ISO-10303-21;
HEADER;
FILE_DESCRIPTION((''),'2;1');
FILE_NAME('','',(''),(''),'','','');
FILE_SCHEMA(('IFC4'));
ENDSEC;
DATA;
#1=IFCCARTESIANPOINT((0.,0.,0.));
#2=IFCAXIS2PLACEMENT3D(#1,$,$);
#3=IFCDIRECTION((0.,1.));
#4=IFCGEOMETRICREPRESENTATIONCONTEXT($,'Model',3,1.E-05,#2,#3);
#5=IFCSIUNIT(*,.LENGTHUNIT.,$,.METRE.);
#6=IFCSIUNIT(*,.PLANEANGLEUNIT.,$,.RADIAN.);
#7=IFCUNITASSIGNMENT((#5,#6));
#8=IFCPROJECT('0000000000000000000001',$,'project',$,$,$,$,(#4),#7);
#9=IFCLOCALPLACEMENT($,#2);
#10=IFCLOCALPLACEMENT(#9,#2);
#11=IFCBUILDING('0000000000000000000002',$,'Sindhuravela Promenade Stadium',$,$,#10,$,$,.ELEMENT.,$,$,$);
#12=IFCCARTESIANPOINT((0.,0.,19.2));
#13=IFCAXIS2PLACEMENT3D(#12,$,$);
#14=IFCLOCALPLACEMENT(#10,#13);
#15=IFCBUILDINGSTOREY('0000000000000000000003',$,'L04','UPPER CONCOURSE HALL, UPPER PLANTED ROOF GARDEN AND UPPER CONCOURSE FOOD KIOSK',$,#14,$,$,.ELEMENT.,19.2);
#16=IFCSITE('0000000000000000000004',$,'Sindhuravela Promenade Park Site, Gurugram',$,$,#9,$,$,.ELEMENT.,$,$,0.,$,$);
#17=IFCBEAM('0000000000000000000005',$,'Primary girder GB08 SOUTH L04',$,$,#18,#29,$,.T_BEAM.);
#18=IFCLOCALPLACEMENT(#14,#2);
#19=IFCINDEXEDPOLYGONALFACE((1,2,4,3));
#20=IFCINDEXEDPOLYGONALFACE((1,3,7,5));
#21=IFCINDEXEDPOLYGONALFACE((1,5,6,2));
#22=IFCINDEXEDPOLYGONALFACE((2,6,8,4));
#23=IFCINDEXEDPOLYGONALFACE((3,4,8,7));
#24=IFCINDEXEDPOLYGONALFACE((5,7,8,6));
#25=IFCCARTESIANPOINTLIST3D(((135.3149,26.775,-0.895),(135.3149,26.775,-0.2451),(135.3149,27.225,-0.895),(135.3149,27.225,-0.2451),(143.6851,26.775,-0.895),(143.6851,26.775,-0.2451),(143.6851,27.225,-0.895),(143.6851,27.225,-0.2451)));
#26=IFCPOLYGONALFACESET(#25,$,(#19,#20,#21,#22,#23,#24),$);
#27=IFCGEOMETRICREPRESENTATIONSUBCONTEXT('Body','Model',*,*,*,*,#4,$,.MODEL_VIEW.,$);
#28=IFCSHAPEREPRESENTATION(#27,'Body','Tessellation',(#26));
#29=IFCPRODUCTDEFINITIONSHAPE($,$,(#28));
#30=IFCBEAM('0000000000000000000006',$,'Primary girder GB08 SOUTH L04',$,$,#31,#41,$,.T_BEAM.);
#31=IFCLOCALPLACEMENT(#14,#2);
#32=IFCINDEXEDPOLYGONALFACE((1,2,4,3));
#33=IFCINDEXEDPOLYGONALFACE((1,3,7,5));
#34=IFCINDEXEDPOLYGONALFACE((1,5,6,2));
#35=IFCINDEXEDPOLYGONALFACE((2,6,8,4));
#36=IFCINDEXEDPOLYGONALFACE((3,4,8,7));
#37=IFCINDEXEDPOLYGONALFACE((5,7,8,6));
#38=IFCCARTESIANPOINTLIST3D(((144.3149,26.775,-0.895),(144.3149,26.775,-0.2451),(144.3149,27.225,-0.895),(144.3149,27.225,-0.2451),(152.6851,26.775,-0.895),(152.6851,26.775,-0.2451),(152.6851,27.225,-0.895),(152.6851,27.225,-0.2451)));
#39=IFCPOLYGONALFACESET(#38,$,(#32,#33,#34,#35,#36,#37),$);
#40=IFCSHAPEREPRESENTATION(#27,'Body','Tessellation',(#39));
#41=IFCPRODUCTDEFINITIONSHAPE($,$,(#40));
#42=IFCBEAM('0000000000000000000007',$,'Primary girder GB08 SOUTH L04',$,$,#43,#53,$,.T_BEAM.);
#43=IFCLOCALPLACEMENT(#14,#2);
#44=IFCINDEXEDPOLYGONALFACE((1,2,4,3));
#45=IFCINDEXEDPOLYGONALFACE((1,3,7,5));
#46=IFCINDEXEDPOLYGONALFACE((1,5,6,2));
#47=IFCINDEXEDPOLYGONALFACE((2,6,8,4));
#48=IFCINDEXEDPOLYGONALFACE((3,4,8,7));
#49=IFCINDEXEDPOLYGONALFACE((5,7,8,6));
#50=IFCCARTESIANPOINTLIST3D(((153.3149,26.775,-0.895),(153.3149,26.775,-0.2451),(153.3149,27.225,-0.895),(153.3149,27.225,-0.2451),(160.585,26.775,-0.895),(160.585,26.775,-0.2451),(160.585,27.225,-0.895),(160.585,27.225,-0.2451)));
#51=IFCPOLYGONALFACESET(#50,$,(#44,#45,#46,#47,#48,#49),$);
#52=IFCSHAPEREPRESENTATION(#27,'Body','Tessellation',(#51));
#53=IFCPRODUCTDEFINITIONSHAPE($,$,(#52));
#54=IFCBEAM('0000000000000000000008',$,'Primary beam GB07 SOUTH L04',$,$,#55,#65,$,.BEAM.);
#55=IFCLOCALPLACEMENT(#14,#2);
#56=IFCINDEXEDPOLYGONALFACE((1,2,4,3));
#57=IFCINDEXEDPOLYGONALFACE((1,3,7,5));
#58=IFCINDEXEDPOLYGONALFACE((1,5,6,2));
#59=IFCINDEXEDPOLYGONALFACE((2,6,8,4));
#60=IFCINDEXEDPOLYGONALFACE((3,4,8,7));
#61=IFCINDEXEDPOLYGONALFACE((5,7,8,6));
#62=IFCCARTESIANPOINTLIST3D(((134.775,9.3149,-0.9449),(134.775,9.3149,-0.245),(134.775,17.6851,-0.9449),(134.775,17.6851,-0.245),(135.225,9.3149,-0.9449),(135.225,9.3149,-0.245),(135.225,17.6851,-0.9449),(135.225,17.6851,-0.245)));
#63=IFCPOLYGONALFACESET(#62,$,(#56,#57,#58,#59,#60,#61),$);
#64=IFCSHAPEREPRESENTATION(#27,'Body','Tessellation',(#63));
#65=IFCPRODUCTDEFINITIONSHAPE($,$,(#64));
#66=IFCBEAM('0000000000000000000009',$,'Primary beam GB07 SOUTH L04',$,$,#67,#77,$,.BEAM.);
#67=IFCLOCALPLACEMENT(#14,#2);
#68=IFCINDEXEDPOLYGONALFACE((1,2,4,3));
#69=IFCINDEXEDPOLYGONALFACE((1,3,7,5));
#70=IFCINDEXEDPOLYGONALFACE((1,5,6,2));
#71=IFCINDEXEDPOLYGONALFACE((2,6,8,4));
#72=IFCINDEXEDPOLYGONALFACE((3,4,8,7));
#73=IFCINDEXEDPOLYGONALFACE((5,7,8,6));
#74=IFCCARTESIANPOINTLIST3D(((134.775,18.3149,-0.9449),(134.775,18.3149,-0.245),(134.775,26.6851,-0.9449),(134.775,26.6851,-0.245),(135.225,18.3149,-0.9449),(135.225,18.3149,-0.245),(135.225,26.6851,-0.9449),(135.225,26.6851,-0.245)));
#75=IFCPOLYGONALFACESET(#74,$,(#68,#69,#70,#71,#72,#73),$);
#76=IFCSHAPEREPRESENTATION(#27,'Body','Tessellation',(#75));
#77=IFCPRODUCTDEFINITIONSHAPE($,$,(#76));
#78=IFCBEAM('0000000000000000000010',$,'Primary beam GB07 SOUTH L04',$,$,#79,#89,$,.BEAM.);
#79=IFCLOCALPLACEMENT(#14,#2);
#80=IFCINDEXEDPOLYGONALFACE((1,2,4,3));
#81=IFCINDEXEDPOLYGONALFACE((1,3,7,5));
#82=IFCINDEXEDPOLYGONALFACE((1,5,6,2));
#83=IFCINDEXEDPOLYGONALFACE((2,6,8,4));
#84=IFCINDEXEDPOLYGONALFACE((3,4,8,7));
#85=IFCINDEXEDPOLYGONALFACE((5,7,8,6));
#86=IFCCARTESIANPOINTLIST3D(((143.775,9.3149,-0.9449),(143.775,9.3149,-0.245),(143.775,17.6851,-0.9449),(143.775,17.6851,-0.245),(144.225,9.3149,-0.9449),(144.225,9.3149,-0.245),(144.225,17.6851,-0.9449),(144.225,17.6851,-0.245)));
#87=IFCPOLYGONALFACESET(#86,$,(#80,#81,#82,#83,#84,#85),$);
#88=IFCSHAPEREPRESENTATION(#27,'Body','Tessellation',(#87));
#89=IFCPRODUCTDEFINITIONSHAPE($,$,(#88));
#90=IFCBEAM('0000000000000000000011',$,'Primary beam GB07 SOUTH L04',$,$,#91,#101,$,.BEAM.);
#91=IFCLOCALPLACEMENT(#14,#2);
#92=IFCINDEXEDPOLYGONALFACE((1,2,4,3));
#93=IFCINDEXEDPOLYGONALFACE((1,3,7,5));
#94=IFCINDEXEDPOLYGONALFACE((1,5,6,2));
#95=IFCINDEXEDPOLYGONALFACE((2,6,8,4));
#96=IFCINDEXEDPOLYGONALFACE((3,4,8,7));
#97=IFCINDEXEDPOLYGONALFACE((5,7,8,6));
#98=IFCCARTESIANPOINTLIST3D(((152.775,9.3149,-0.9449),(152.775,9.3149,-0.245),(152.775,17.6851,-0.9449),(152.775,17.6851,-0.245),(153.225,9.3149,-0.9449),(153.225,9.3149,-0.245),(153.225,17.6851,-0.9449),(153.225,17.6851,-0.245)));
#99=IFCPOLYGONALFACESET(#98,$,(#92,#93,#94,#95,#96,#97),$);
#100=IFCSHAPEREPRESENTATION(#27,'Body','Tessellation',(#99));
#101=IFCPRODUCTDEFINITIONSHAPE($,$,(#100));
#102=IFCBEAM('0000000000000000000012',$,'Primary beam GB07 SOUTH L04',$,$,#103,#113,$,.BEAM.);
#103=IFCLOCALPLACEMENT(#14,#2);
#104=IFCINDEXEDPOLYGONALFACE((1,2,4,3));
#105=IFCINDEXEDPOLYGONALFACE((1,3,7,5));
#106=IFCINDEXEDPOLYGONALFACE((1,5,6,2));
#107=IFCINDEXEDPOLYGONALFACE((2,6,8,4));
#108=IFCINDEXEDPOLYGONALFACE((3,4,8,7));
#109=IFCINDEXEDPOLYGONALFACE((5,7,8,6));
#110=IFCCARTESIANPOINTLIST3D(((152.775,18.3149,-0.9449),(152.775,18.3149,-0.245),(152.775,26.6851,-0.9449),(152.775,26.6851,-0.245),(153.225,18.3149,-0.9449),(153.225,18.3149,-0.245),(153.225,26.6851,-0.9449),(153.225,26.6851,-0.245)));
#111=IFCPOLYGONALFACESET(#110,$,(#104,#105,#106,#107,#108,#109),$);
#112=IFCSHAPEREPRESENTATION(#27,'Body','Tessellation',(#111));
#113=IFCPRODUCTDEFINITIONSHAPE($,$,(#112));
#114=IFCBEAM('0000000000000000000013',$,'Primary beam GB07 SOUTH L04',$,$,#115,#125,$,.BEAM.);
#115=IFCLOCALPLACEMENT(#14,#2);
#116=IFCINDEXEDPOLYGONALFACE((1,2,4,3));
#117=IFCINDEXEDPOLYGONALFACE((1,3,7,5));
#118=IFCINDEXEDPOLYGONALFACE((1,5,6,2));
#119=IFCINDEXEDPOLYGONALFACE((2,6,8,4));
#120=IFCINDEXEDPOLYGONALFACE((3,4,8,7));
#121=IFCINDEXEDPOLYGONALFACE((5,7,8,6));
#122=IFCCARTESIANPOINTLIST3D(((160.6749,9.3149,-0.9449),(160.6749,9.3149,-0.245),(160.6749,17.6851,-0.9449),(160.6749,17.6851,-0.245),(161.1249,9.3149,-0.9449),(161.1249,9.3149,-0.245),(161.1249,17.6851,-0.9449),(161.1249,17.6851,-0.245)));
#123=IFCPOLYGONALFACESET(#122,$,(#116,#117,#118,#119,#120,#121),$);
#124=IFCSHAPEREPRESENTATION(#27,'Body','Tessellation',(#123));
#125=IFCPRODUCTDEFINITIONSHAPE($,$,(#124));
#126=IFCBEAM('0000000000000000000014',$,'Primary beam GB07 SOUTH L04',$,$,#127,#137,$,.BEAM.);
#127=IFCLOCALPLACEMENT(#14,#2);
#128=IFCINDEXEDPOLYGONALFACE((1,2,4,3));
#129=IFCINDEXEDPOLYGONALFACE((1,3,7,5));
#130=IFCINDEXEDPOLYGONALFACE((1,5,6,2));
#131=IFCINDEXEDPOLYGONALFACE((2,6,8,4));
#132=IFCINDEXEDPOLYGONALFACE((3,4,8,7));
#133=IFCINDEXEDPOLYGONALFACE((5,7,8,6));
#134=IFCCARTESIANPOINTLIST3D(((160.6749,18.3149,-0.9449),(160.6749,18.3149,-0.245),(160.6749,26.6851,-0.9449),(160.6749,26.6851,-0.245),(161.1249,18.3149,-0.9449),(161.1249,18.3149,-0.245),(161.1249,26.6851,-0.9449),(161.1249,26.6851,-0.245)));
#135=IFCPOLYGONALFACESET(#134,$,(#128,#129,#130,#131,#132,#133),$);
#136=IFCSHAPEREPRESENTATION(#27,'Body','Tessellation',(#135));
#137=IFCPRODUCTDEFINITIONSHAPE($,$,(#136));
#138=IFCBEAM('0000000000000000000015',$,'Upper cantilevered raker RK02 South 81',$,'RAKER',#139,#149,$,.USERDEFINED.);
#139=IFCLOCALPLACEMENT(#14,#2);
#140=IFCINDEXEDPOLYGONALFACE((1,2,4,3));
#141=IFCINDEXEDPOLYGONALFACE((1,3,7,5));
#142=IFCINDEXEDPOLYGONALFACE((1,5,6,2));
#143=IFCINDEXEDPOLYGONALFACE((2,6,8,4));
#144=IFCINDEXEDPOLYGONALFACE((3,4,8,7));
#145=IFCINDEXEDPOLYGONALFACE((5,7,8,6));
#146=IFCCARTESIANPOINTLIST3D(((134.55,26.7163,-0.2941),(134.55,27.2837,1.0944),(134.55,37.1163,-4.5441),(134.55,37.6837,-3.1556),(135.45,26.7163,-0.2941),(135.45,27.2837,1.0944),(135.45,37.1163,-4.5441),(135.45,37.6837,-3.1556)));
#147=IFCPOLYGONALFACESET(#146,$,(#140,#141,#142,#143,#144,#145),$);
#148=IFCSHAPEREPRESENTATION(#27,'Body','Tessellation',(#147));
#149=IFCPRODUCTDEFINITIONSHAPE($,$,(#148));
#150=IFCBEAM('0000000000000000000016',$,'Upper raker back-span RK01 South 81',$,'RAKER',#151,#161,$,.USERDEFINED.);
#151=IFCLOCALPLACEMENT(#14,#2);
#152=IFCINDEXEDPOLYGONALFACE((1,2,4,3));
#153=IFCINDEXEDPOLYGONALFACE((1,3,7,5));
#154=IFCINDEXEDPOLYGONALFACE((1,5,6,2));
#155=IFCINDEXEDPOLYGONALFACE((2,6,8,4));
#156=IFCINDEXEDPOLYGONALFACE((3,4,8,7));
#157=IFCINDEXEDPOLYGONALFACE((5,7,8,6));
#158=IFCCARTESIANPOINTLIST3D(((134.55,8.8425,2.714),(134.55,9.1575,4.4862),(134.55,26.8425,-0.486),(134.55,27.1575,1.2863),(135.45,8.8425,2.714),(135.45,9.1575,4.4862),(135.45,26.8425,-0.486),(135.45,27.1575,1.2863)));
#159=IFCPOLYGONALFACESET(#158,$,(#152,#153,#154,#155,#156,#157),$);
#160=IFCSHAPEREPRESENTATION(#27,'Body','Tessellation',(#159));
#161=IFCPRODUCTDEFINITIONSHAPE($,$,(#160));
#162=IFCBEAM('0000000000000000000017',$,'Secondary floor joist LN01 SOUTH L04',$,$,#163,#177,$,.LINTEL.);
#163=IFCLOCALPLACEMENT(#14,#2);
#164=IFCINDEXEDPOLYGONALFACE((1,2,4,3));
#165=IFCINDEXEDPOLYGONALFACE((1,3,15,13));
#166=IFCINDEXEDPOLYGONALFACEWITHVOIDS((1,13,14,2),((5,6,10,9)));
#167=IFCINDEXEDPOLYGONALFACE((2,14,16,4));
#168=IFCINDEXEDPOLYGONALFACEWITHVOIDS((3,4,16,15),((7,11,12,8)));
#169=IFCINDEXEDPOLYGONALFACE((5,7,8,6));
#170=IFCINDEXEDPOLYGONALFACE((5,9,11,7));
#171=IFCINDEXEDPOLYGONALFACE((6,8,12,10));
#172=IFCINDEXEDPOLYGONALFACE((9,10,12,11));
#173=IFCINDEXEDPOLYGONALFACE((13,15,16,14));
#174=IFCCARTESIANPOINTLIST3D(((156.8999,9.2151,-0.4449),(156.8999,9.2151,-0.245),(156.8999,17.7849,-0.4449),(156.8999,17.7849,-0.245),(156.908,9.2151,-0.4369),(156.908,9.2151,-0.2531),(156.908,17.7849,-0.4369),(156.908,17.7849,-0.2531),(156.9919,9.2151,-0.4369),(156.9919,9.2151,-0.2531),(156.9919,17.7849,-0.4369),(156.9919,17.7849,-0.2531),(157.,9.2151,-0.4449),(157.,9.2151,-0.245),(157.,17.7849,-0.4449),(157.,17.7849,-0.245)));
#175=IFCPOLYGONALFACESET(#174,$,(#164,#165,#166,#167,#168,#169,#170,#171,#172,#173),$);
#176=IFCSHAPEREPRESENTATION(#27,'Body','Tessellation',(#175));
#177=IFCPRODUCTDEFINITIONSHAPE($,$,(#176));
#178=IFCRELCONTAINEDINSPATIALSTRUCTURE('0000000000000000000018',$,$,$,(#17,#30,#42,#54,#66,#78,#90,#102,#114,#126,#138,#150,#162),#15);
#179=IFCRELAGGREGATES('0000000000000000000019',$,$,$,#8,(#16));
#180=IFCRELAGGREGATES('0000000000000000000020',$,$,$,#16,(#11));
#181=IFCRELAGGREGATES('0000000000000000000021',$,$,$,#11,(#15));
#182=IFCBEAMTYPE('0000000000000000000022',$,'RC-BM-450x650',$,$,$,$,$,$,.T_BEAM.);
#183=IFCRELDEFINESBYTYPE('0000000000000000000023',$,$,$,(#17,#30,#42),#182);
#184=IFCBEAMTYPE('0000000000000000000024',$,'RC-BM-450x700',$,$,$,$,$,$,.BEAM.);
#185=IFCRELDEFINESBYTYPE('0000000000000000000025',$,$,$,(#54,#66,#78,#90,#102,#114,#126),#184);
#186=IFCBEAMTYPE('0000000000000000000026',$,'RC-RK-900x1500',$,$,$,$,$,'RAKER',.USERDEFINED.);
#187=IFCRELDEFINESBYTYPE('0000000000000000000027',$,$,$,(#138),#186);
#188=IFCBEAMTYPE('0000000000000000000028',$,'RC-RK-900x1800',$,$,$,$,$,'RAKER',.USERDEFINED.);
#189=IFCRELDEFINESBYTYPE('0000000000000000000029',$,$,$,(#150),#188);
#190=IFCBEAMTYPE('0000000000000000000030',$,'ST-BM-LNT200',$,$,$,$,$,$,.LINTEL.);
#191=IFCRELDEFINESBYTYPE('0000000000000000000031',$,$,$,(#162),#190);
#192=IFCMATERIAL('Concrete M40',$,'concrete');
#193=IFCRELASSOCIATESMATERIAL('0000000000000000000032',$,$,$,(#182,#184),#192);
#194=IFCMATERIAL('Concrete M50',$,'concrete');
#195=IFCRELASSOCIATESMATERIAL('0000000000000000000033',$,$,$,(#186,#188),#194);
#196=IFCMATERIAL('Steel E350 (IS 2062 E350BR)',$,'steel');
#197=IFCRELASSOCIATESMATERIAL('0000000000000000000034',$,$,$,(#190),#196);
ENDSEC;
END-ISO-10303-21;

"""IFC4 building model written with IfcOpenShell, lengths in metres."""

from ifc_helpers import new_model, si_unit, direction, frame, origin, origin_2d, place, context, subcontext, project, spatial, rectangle, hollow_rectangle, extrude, material, material_profile, profile_set, type_object, element, save


model = new_model("IFC4")

# Units and contexts
model_context = context("Model", 3, precision=1e-05, world=origin(), true_north=direction((0.0, 1.0)))
body_context = subcontext(model_context, "Body", "Model", "MODEL_VIEW")
ifc_project = project(units=[si_unit("LENGTHUNIT", "METRE"), si_unit("PLANEANGLEUNIT", "RADIAN")], contexts=[model_context])

# Site, building, storey
site_placement = place(None, origin())
site = spatial("IfcSite", under=ifc_project, at=site_placement, Name="Sindhuravela Promenade Park Site, Gurugram", CompositionType="ELEMENT", RefElevation=0.0)
building_placement = place(site_placement, origin())
building = spatial("IfcBuilding", under=site, at=building_placement, Name="Sindhuravela Promenade Stadium", CompositionType="ELEMENT")
storey_placement = place(building_placement, frame((0.0, 0.0, 19.2)))
storey = spatial("IfcBuildingStorey", under=building, at=storey_placement, Name="L04", Description="UPPER CONCOURSE HALL, UPPER PLANTED ROOF GARDEN AND UPPER CONCOURSE FOOD KIOSK", CompositionType="ELEMENT", Elevation=19.2)

# Shared definitions
ifc_material_1 = material(Name="Concrete M40", Category="concrete")
ifc_material_2 = material(Name="Steel E350 (IS 2062 E350BR)", Category="steel")

# Beams
ifc_material_profile_1 = material_profile(ifc_material_1, rectangle(XDim=0.45, YDim=0.6499, at=origin_2d()), Name="RC 450x650")
ifc_profile_set_1 = profile_set([ifc_material_profile_1], Name="Concrete M40")
beam_type_1 = type_object("IfcBeamType", Name="RC-BM-450x650", PredefinedType="T_BEAM", material=ifc_profile_set_1)
for number, where, z_axis, x_axis, name in (
    (1, (135.3149, 27.0, -0.5701), (1.0, 0.0, 0.0), (0.0, 1.0, 0.0), "Primary girder GB08 SOUTH L04"),
    (2, (144.3149, 27.0, -0.5701), (1.0, 0.0, 0.0), (0.0, 1.0, 0.0), "Primary girder GB08 SOUTH L04"),
):
    element("IfcBeam", number, at=place(storey_placement, frame(where, z_axis=z_axis, x_axis=x_axis)), inside=storey, type_object=beam_type_1, Name=name, PredefinedType="T_BEAM", context=body_context, shape_type="SweptSolid", body=[
        extrude(rectangle(XDim=0.45, YDim=0.6499, at=origin_2d()), origin(), (0.0, 0.0, 1.0), 8.3701),
    ])
beam_1_placement = place(storey_placement, frame((153.3149, 27.0, -0.5701), z_axis=(1.0, 0.0, 0.0), x_axis=(0.0, 1.0, 0.0)))
element("IfcBeam", 3, at=beam_1_placement, inside=storey, type_object=beam_type_1, Name="Primary girder GB08 SOUTH L04", PredefinedType="T_BEAM", context=body_context, shape_type="SweptSolid", body=[
    extrude(rectangle(XDim=0.45, YDim=0.6499, at=origin_2d()), origin(), (0.0, 0.0, 1.0), 7.27),
])
ifc_material_profile_2 = material_profile(ifc_material_1, rectangle(XDim=0.45, YDim=0.7, at=origin_2d()), Name="RC 450x700")
ifc_profile_set_2 = profile_set([ifc_material_profile_2], Name="Concrete M40")
beam_type_2 = type_object("IfcBeamType", Name="RC-BM-450x700", PredefinedType="BEAM", material=ifc_profile_set_2)
for number, where, z_axis, x_axis, name in (
    (4, (135.0, 9.3149, -0.595), (0.0, 1.0, 0.0), (-1.0, 0.0, 0.0), "Primary beam GB07 SOUTH L04"),
    (5, (135.0, 18.3149, -0.595), (0.0, 1.0, 0.0), (-1.0, 0.0, 0.0), "Primary beam GB07 SOUTH L04"),
    (6, (144.0, 9.3149, -0.595), (0.0, 1.0, 0.0), (-1.0, 0.0, 0.0), "Primary beam GB07 SOUTH L04"),
    (7, (153.0, 9.3149, -0.595), (0.0, 1.0, 0.0), (-1.0, 0.0, 0.0), "Primary beam GB07 SOUTH L04"),
    (8, (153.0, 18.3149, -0.595), (0.0, 1.0, 0.0), (-1.0, 0.0, 0.0), "Primary beam GB07 SOUTH L04"),
    (9, (160.8999, 9.3149, -0.595), (0.0, 1.0, 0.0), (-1.0, 0.0, 0.0), "Primary beam GB07 SOUTH L04"),
    (10, (160.8999, 18.3149, -0.595), (0.0, 1.0, 0.0), (-1.0, 0.0, 0.0), "Primary beam GB07 SOUTH L04"),
):
    element("IfcBeam", number, at=place(storey_placement, frame(where, z_axis=z_axis, x_axis=x_axis)), inside=storey, type_object=beam_type_2, Name=name, PredefinedType="BEAM", context=body_context, shape_type="SweptSolid", body=[
        extrude(rectangle(XDim=0.45, YDim=0.7, at=origin_2d()), origin(), (0.0, 0.0, 1.0), 8.3701),
    ])
ifc_material_3 = material(Name="Concrete M50", Category="concrete")
ifc_material_profile_3 = material_profile(ifc_material_3, rectangle(XDim=0.8999, YDim=1.5, at=origin_2d()), Name="RC 900x1500")
ifc_profile_set_3 = profile_set([ifc_material_profile_3], Name="Concrete M50")
beam_type_3 = type_object("IfcBeamType", Name="RC-RK-900x1500", ElementType="RAKER", PredefinedType="USERDEFINED", material=ifc_profile_set_3)
beam_2_placement = place(storey_placement, frame((135.0, 27.0, 0.4001), z_axis=(0.0, 0.925687, -0.378289), x_axis=(-1.0, 0.0, 0.0)))
element("IfcBeam", 11, at=beam_2_placement, inside=storey, type_object=beam_type_3, Name="Upper cantilevered raker RK02 South 81", ObjectType="RAKER", PredefinedType="USERDEFINED", context=body_context, shape_type="SweptSolid", body=[
    extrude(rectangle(XDim=0.8999, YDim=1.5, at=origin_2d()), origin(), (0.0, 0.0, 1.0), 11.2349),
])
ifc_material_profile_4 = material_profile(ifc_material_3, rectangle(XDim=0.8999, YDim=1.8, at=origin_2d()), Name="RC 900x1800")
ifc_profile_set_4 = profile_set([ifc_material_profile_4], Name="Concrete M50")
beam_type_4 = type_object("IfcBeamType", Name="RC-RK-900x1800", ElementType="RAKER", PredefinedType="USERDEFINED", material=ifc_profile_set_4)
beam_3_placement = place(storey_placement, frame((135.0, 9.0, 3.6001), z_axis=(0.0, 0.984563, -0.175031), x_axis=(-1.0, 0.0, 0.0)))
element("IfcBeam", 12, at=beam_3_placement, inside=storey, type_object=beam_type_4, Name="Upper raker back-span RK01 South 81", ObjectType="RAKER", PredefinedType="USERDEFINED", context=body_context, shape_type="SweptSolid", body=[
    extrude(rectangle(XDim=0.8999, YDim=1.8, at=origin_2d()), origin(), (0.0, 0.0, 1.0), 18.2822),
])
ifc_material_profile_5 = material_profile(ifc_material_2, hollow_rectangle(XDim=0.1001, YDim=0.2, WallThickness=0.0081, at=origin_2d()), Name="RHS 200x100x8")
ifc_profile_set_5 = profile_set([ifc_material_profile_5], Name="Steel E350 (IS 2062 E350BR)")
beam_type_5 = type_object("IfcBeamType", Name="ST-BM-LNT200", PredefinedType="LINTEL", material=ifc_profile_set_5)
beam_4_placement = place(storey_placement, frame((156.95, 9.2151, -0.345), z_axis=(0.0, 1.0, 0.0), x_axis=(-1.0, 0.0, 0.0)))
element("IfcBeam", 13, at=beam_4_placement, inside=storey, type_object=beam_type_5, Name="Secondary floor joist LN01 SOUTH L04", PredefinedType="LINTEL", context=body_context, shape_type="SweptSolid", body=[
    extrude(hollow_rectangle(XDim=0.1001, YDim=0.2, WallThickness=0.0081, at=origin_2d()), origin(), (0.0, 0.0, 1.0), 8.5698),
])

save(model, "model.ifc")
